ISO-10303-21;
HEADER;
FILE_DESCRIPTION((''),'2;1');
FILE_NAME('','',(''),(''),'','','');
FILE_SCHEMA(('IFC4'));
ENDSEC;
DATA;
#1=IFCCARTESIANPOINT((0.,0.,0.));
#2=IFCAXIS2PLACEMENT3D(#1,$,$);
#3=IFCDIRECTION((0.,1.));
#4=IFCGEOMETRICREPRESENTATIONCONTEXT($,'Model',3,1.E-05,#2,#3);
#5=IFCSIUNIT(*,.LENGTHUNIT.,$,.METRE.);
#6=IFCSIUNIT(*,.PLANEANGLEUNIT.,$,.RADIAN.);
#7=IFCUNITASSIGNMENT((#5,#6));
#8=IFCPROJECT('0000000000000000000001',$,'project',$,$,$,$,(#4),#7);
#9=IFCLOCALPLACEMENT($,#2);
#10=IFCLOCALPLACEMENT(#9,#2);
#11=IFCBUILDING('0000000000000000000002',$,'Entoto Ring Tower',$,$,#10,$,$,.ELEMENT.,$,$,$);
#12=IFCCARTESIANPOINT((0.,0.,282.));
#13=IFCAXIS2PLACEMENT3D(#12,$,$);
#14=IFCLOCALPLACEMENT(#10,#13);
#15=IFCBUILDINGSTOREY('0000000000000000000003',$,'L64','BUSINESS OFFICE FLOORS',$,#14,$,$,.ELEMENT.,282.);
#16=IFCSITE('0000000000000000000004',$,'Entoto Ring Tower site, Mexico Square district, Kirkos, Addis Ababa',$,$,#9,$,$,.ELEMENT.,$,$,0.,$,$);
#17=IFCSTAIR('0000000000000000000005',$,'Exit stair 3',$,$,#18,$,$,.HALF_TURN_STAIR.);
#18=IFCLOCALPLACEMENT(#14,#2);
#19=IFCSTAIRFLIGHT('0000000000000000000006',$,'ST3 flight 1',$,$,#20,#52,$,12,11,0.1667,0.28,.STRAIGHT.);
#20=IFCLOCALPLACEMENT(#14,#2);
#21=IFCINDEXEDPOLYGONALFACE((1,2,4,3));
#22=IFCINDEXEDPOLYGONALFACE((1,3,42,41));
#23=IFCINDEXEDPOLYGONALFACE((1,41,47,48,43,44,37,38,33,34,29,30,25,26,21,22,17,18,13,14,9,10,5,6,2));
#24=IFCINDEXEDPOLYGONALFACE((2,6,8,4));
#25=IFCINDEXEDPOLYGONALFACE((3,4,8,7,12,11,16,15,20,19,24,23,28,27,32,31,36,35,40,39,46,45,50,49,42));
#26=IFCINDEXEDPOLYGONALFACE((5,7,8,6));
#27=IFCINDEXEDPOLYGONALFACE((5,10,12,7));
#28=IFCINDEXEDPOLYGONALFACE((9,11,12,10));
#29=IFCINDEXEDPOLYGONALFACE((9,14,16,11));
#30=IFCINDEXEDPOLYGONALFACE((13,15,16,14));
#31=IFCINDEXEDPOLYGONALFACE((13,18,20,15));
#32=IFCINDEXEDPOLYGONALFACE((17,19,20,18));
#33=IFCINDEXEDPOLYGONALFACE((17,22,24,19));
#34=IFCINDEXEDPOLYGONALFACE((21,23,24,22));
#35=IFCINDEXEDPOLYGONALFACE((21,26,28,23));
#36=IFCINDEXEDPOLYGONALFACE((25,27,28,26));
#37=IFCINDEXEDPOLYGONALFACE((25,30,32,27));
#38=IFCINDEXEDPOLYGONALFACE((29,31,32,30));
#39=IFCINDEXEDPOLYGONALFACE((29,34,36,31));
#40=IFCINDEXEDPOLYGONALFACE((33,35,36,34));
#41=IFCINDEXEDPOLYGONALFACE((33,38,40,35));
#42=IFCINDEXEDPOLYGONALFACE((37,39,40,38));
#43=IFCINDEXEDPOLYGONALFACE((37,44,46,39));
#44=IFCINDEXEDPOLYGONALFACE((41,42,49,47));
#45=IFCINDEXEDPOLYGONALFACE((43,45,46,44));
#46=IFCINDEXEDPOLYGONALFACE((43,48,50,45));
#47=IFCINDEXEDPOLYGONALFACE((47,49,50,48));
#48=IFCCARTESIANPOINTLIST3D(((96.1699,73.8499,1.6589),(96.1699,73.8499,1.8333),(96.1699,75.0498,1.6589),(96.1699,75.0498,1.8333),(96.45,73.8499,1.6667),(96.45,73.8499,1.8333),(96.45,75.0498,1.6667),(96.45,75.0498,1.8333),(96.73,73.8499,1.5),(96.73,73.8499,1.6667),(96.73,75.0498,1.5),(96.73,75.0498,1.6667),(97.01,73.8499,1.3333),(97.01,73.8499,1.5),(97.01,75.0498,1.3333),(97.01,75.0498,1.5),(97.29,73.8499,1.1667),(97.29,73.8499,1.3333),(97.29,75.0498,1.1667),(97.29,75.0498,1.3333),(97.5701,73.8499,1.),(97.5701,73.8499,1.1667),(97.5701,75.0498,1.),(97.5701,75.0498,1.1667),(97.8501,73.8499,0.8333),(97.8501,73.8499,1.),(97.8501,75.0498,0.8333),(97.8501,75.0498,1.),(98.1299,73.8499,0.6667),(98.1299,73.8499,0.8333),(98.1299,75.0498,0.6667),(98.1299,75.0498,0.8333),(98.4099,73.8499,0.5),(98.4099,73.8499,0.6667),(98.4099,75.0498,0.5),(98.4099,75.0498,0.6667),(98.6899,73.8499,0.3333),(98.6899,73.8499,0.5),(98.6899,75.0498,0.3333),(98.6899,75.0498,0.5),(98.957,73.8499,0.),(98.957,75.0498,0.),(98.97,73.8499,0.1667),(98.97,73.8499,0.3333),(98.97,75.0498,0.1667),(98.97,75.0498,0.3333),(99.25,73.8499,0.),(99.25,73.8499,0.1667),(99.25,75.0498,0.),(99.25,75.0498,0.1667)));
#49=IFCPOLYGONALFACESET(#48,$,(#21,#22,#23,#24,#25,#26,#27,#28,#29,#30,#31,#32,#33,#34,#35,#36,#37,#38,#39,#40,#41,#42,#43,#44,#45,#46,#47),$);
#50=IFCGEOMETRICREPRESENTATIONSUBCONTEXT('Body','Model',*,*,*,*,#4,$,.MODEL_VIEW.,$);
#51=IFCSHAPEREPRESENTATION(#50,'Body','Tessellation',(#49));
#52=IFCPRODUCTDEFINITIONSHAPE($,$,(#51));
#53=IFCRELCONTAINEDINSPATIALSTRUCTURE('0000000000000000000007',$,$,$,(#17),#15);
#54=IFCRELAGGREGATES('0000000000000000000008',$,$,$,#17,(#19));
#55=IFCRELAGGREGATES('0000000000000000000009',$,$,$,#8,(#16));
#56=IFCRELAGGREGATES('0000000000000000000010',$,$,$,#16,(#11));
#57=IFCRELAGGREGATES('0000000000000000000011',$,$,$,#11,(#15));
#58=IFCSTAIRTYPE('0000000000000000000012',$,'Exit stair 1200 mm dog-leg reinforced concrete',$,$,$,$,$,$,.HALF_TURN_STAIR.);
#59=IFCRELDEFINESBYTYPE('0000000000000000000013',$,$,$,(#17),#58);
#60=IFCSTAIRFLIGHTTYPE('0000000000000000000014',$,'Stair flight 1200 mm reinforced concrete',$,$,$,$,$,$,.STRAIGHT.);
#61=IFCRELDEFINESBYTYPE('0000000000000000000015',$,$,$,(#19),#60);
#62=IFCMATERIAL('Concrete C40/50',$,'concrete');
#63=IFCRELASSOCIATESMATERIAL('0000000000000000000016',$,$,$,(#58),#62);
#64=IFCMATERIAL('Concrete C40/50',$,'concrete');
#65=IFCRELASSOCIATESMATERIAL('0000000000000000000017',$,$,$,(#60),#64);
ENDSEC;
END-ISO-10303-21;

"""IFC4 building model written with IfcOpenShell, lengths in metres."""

from ifc_helpers import new_model, si_unit, direction, frame, origin, place, context, subcontext, project, spatial, polyline, outline, extrude, material, type_object, element, aggregate, save


model = new_model("IFC4")

# Units and contexts
model_context = context("Model", 3, precision=1e-05, world=origin(), true_north=direction((0.0, 1.0)))
body_context = subcontext(model_context, "Body", "Model", "MODEL_VIEW")
ifc_project = project(units=[si_unit("LENGTHUNIT", "METRE"), si_unit("PLANEANGLEUNIT", "RADIAN")], contexts=[model_context])

# Site, building, storey
site_placement = place(None, origin())
site = spatial("IfcSite", under=ifc_project, at=site_placement, Name="Entoto Ring Tower site, Mexico Square district, Kirkos, Addis Ababa", CompositionType="ELEMENT", RefElevation=0.0)
building_placement = place(site_placement, origin())
building = spatial("IfcBuilding", under=site, at=building_placement, Name="Entoto Ring Tower", CompositionType="ELEMENT")
storey_placement = place(building_placement, frame((0.0, 0.0, 282.0)))
storey = spatial("IfcBuildingStorey", under=building, at=storey_placement, Name="L64", Description="BUSINESS OFFICE FLOORS", CompositionType="ELEMENT", Elevation=282.0)

# Stair, stair flight
ifc_material_1 = material(Name="Concrete C40/50", Category="concrete")
stair_type = type_object("IfcStairType", Name="Exit stair 1200 mm dog-leg reinforced concrete", PredefinedType="HALF_TURN_STAIR", material=ifc_material_1)
stair_placement = place(storey_placement, origin())
stair = element("IfcStair", 1, at=stair_placement, inside=storey, type_object=stair_type, Name="Exit stair 3", PredefinedType="HALF_TURN_STAIR")
ifc_material_2 = material(Name="Concrete C40/50", Category="concrete")
stair_flight_type = type_object("IfcStairFlightType", Name="Stair flight 1200 mm reinforced concrete", PredefinedType="STRAIGHT", material=ifc_material_2)
stair_flight_placement = place(storey_placement, frame((99.25, 74.45, 0.0), z_axis=(0.0, 0.0, 1.0), x_axis=(-1.0, 0.0, 0.0)))
stair_flight = element("IfcStairFlight", 2, at=stair_flight_placement, type_object=stair_flight_type, Name="ST3 flight 1", NumberOfRisers=12, NumberOfTreads=11, PredefinedType="STRAIGHT", RiserHeight=0.1667, TreadLength=0.28, context=body_context, shape_type="SweptSolid", body=[
    extrude(outline(polyline([(0.0, 0.0), (0.0, 0.1667), (0.28, 0.1667), (0.28, 0.3333), (0.5601, 0.3333), (0.5601, 0.5), (0.8401, 0.5), (0.8401, 0.6667), (1.1201, 0.6667), (1.1201, 0.8333), (1.3999, 0.8333), (1.3999, 1.0), (1.6799, 1.0), (1.6799, 1.1667), (1.96, 1.1667), (1.96, 1.3333), (2.24, 1.3333), (2.24, 1.5), (2.52, 1.5), (2.52, 1.6667), (2.8, 1.6667), (2.8, 1.8333), (3.0801, 1.8333), (3.0801, 2.0), (3.0801, 1.6589), (0.293, 0.0), (0.0, 0.0)])), frame((0.0, 0.6001, 0.0), z_axis=(0.0, -1.0, 0.0), x_axis=(1.0, 0.0, 0.0)), (0.0, 0.0, 1.0), 1.2),
])
aggregate(stair, [stair_flight])

save(model, "model.ifc")
